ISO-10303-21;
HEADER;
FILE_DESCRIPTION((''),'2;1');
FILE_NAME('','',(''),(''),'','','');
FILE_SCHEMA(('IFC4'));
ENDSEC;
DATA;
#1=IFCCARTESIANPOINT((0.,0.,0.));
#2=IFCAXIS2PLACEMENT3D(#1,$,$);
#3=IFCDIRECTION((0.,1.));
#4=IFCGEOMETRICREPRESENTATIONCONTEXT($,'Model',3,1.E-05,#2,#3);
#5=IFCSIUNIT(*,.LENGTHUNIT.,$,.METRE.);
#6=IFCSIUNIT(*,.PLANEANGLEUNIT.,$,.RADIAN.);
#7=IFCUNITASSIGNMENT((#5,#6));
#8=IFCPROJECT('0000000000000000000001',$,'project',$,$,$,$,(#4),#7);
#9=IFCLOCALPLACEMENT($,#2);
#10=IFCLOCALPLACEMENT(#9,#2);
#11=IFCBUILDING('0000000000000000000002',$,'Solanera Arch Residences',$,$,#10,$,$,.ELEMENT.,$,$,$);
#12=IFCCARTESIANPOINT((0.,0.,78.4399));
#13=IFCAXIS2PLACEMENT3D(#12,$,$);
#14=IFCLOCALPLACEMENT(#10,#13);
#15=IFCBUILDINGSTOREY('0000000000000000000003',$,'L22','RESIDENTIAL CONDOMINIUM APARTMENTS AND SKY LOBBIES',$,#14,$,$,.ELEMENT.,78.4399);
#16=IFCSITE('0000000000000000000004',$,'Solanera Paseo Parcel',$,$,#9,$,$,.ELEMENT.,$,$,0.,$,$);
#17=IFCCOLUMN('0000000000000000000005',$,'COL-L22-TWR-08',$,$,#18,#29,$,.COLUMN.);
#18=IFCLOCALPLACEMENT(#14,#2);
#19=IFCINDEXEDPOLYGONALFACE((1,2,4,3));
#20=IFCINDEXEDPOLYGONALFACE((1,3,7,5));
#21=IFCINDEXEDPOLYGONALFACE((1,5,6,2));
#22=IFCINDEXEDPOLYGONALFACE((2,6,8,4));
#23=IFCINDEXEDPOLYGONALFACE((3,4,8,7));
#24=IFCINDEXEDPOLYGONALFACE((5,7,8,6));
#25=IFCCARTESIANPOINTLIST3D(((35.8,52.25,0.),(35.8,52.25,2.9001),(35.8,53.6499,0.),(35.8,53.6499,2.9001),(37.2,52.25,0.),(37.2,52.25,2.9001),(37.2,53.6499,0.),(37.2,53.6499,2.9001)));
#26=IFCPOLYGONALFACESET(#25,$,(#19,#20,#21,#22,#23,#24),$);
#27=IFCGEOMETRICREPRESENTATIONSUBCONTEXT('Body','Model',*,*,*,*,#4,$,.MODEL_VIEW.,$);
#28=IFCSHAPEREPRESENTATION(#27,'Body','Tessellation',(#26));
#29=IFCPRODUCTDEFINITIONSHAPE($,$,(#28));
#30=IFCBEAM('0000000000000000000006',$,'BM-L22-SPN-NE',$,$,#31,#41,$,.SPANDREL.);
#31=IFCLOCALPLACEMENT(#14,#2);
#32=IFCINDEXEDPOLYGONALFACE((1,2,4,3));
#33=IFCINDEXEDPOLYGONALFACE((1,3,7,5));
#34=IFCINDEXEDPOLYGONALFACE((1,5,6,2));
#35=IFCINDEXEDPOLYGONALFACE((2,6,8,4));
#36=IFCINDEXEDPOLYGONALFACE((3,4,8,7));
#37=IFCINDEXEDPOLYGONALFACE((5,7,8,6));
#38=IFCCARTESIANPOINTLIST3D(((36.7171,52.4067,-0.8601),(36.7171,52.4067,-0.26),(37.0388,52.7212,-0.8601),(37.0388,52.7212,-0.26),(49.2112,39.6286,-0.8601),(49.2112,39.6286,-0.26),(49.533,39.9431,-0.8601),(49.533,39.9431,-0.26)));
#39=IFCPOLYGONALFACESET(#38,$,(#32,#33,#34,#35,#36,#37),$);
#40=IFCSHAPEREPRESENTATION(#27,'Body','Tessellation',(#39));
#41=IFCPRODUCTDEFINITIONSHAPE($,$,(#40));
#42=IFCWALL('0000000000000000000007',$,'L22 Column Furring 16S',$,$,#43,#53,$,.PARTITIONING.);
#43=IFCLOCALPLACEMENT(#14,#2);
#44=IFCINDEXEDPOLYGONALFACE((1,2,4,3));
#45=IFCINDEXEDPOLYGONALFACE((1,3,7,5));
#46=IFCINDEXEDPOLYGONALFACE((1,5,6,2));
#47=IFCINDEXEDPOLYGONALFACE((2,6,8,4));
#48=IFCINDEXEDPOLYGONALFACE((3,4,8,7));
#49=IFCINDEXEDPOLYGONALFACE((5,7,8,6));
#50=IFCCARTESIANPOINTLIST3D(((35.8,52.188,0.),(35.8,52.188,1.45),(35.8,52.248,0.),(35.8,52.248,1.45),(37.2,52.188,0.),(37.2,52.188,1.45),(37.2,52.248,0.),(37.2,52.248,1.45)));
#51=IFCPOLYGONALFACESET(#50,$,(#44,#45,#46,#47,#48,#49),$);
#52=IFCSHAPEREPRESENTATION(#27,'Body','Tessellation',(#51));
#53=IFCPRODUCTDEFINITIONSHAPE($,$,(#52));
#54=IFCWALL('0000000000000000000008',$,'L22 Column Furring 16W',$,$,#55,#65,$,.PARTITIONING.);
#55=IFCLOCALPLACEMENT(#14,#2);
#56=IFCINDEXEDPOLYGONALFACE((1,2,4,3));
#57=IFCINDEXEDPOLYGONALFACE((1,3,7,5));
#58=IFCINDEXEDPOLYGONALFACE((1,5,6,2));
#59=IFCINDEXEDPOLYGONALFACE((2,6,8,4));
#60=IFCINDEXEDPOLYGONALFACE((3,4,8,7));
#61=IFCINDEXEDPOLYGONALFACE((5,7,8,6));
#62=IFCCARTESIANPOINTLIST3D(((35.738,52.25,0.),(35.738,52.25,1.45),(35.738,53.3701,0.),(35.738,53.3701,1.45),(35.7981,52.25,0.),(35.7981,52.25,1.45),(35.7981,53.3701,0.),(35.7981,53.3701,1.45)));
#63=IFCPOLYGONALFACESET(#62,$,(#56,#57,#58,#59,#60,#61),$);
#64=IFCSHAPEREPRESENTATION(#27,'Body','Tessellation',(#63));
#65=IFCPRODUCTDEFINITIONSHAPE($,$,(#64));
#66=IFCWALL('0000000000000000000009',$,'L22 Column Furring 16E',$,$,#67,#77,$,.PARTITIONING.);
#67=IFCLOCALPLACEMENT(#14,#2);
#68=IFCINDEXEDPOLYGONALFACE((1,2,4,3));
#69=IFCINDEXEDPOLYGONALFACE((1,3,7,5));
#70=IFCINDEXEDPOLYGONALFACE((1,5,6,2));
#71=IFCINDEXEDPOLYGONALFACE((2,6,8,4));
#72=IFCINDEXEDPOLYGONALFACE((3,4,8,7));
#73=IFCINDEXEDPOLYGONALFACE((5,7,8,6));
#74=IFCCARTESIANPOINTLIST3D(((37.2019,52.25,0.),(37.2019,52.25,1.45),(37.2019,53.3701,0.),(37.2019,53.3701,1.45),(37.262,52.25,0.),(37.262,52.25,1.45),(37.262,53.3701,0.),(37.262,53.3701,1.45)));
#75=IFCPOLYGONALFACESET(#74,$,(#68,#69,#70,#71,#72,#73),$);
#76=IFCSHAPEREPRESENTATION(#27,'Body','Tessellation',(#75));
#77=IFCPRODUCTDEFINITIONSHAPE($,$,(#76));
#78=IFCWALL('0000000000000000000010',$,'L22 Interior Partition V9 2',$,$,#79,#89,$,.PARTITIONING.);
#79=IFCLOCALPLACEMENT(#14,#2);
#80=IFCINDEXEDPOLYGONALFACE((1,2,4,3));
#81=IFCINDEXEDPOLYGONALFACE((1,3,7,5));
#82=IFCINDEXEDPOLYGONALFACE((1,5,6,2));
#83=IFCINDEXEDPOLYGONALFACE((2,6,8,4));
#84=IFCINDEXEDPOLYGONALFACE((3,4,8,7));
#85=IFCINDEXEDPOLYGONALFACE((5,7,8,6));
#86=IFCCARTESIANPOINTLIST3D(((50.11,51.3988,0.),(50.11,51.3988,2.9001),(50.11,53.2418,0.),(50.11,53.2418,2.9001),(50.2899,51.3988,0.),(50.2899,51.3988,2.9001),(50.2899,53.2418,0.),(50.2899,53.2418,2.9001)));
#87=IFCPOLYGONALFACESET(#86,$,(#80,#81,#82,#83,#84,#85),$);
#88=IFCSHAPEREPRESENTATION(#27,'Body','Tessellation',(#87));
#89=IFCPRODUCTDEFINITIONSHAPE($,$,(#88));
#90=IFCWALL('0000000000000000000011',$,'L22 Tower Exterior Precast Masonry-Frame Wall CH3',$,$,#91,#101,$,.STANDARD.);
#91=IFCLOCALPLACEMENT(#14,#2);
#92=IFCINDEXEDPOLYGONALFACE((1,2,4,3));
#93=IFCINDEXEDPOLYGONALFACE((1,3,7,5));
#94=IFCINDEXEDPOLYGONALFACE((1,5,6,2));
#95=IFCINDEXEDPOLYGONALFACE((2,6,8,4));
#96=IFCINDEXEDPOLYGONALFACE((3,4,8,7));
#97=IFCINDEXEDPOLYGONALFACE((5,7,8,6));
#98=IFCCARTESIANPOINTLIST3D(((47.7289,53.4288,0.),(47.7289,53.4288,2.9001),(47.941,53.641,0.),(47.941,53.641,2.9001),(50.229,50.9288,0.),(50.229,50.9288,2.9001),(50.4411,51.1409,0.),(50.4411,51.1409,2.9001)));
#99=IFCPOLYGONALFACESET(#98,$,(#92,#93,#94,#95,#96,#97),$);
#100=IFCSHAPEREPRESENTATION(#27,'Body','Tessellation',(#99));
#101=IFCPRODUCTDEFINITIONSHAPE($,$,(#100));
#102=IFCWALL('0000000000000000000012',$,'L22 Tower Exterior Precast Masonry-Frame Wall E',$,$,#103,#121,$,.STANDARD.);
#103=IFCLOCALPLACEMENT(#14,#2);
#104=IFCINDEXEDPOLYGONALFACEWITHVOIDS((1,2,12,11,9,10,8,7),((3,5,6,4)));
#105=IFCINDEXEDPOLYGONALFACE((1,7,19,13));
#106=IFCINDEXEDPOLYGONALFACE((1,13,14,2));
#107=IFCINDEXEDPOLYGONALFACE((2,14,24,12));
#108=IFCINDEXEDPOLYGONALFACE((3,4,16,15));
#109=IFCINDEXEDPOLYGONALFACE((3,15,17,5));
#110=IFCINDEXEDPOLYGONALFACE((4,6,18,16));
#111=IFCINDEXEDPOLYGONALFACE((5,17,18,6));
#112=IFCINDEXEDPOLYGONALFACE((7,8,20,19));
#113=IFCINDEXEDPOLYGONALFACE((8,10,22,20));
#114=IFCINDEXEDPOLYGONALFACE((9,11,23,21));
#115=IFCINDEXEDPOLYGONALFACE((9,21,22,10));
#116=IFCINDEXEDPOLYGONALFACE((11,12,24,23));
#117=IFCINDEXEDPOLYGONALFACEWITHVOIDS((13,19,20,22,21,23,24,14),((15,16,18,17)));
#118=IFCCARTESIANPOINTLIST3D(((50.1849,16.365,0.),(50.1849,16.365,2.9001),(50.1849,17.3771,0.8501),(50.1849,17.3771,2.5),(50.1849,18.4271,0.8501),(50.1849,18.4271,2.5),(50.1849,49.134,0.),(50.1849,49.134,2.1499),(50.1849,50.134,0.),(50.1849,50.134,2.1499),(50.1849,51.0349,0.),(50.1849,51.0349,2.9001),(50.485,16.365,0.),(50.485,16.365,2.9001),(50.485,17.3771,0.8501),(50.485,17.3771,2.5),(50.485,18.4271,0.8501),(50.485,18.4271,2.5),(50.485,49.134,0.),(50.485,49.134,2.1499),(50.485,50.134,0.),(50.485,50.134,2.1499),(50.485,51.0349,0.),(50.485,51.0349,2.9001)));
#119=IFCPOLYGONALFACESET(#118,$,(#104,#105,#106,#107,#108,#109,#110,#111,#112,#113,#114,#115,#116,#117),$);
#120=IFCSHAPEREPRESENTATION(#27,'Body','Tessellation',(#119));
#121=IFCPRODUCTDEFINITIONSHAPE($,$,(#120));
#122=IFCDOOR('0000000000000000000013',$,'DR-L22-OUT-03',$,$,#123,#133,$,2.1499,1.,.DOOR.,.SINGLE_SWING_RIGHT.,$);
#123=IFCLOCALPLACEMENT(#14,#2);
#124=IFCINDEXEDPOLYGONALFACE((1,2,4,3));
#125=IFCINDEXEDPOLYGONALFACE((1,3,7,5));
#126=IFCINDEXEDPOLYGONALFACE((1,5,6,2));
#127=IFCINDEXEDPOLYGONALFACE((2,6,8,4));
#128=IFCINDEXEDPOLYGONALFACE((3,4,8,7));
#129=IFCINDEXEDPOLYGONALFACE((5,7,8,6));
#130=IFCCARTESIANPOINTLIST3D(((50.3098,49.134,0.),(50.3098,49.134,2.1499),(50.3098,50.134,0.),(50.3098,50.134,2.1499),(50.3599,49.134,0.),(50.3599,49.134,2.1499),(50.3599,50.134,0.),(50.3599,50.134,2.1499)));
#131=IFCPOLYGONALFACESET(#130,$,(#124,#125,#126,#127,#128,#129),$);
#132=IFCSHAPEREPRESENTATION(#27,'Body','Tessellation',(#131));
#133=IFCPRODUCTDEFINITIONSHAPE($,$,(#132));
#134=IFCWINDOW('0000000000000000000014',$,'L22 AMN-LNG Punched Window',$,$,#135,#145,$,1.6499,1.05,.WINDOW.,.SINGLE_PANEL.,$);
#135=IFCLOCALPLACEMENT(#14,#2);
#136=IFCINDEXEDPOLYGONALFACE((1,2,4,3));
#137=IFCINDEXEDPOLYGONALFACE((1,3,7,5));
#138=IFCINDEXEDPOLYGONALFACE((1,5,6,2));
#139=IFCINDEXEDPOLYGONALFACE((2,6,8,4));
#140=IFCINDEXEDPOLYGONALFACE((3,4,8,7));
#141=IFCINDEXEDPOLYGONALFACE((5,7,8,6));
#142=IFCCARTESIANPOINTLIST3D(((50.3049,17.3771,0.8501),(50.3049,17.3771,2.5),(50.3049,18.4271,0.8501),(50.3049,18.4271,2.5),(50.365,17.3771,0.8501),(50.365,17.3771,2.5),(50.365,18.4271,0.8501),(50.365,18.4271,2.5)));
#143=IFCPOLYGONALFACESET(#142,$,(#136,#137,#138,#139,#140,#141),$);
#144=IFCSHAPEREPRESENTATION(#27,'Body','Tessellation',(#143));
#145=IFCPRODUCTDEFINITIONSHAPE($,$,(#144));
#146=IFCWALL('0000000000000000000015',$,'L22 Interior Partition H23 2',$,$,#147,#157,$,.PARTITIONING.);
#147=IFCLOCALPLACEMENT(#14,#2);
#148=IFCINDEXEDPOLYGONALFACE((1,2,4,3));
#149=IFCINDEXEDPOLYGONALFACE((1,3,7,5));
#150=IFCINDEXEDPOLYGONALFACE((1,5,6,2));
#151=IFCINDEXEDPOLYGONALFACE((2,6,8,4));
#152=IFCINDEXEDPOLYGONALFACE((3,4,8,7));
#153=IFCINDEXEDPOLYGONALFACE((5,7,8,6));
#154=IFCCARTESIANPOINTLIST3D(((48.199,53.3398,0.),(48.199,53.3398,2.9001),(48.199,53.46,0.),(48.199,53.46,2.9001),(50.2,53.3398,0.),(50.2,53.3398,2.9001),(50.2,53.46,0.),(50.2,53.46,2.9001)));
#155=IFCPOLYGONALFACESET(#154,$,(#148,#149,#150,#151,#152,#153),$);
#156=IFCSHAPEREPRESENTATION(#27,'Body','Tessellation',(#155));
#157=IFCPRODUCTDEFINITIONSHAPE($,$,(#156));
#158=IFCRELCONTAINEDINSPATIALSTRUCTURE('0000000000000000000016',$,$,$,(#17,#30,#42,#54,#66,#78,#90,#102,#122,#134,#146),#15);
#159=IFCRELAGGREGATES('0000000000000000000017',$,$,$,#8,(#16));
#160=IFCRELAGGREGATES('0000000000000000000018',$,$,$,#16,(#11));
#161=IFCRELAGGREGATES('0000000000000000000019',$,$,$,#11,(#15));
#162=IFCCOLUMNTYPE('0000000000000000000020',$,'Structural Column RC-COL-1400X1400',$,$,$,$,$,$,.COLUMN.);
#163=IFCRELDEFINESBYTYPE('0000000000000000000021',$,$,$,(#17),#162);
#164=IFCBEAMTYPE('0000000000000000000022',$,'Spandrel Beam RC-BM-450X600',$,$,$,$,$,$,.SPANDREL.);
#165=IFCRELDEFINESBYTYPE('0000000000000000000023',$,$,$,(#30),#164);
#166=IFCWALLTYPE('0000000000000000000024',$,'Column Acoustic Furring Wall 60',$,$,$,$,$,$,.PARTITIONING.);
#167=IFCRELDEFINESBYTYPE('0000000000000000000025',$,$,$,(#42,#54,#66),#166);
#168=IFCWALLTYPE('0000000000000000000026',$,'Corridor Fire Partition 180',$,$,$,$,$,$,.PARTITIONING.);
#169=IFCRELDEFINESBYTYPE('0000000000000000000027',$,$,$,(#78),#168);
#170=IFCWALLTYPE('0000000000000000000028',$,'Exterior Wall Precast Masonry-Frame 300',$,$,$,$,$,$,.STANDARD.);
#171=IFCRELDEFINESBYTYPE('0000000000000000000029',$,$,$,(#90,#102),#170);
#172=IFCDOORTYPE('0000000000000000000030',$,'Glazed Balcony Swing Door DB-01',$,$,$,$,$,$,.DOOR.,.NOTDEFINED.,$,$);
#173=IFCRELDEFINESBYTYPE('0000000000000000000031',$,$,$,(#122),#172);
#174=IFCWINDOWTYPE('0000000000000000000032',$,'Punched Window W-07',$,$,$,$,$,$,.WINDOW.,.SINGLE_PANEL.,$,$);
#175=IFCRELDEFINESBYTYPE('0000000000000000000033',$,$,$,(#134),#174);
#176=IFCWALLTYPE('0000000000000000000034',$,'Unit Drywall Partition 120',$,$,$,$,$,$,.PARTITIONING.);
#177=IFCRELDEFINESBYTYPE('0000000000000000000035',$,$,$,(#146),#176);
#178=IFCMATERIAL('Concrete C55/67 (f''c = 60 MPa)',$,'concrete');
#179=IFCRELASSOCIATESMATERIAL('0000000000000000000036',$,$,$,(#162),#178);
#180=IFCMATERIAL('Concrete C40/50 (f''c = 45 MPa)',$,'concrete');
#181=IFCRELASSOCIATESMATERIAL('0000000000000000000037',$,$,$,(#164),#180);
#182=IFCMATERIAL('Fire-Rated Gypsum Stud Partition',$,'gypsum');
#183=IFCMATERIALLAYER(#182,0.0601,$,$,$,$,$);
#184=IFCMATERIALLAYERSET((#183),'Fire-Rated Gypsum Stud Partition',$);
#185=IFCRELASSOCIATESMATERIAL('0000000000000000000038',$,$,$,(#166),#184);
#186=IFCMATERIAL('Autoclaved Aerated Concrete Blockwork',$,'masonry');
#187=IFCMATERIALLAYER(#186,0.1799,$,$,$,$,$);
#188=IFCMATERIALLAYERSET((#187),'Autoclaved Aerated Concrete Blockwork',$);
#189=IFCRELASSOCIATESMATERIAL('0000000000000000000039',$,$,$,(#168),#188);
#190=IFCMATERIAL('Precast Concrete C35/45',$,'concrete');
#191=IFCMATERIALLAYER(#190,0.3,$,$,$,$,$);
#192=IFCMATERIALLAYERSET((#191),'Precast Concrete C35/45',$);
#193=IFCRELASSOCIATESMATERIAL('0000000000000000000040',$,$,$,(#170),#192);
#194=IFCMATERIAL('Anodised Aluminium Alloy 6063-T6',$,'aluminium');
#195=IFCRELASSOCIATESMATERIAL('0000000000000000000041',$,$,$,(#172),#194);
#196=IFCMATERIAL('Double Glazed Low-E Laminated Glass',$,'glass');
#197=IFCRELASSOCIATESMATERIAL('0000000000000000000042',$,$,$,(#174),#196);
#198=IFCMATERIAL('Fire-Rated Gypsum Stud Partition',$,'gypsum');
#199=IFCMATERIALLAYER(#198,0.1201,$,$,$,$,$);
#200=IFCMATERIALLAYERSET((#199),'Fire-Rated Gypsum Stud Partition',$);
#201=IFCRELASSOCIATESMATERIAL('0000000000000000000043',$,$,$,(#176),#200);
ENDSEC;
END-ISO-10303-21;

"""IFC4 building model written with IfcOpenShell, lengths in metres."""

from ifc_helpers import new_model, si_unit, direction, frame, frame_2d, origin, origin_2d, place, context, subcontext, project, spatial, rectangle, extrude, material, layer, layer_set, material_profile, profile_set, type_object, element, fill, save


model = new_model("IFC4")

# Units and contexts
model_context = context("Model", 3, precision=1e-05, world=origin(), true_north=direction((0.0, 1.0)))
body_context = subcontext(model_context, "Body", "Model", "MODEL_VIEW")
ifc_project = project(units=[si_unit("LENGTHUNIT", "METRE"), si_unit("PLANEANGLEUNIT", "RADIAN")], contexts=[model_context])

# Site, building, storey
site_placement = place(None, origin())
site = spatial("IfcSite", under=ifc_project, at=site_placement, Name="Solanera Paseo Parcel", CompositionType="ELEMENT", RefElevation=0.0)
building_placement = place(site_placement, origin())
building = spatial("IfcBuilding", under=site, at=building_placement, Name="Solanera Arch Residences", CompositionType="ELEMENT")
storey_placement = place(building_placement, frame((0.0, 0.0, 78.4399)))
storey = spatial("IfcBuildingStorey", under=building, at=storey_placement, Name="L22", Description="RESIDENTIAL CONDOMINIUM APARTMENTS AND SKY LOBBIES", CompositionType="ELEMENT", Elevation=78.4399)

# Column
ifc_material_1 = material(Name="Concrete C55/67 (f'c = 60 MPa)", Category="concrete")
ifc_material_profile_1 = material_profile(ifc_material_1, rectangle(XDim=1.3999, YDim=1.3999, at=origin_2d()))
ifc_profile_set_1 = profile_set([ifc_material_profile_1], Name="Concrete C55/67 (f'c = 60 MPa)")
column_type = type_object("IfcColumnType", Name="Structural Column RC-COL-1400X1400", PredefinedType="COLUMN", material=ifc_profile_set_1)
column_placement = place(storey_placement, frame((36.5, 52.95, 0.0), z_axis=(0.0, 0.0, 1.0), x_axis=(1.0, 0.0, 0.0)))
element("IfcColumn", 1, at=column_placement, inside=storey, type_object=column_type, Name="COL-L22-TWR-08", PredefinedType="COLUMN", context=body_context, shape_type="SweptSolid", body=[
    extrude(rectangle(XDim=1.3999, YDim=1.3999, at=origin_2d()), origin(), (0.0, 0.0, 1.0), 2.9001),
])

# Beam
ifc_material_2 = material(Name="Concrete C40/50 (f'c = 45 MPa)", Category="concrete")
ifc_material_profile_2 = material_profile(ifc_material_2, rectangle(XDim=0.45, YDim=0.6001, at=origin_2d()))
ifc_profile_set_2 = profile_set([ifc_material_profile_2], Name="Concrete C40/50 (f'c = 45 MPa)")
beam_type = type_object("IfcBeamType", Name="Spandrel Beam RC-BM-450X600", PredefinedType="SPANDREL", material=ifc_profile_set_2)
beam_placement = place(storey_placement, frame((36.8779, 52.564, -0.5601), z_axis=(0.699118, -0.715006, 0.0), x_axis=(0.715006, 0.699118, 0.0)))
element("IfcBeam", 2, at=beam_placement, inside=storey, type_object=beam_type, Name="BM-L22-SPN-NE", PredefinedType="SPANDREL", context=body_context, shape_type="SweptSolid", body=[
    extrude(rectangle(XDim=0.45, YDim=0.6001, at=origin_2d()), origin(), (0.0, 0.0, 1.0), 17.8713),
])

# Walls
ifc_material_3 = material(Name="Fire-Rated Gypsum Stud Partition", Category="gypsum")
ifc_layer_1 = layer(ifc_material_3, 0.0601)
ifc_layer_set_1 = layer_set([ifc_layer_1], Name="Fire-Rated Gypsum Stud Partition")
wall_type_1 = type_object("IfcWallType", Name="Column Acoustic Furring Wall 60", PredefinedType="PARTITIONING", material=ifc_layer_set_1)
wall_1_placement = place(storey_placement, frame((35.8, 52.218, 0.0), z_axis=(0.0, 0.0, 1.0), x_axis=(1.0, 0.0, 0.0)))
element("IfcWall", 3, at=wall_1_placement, inside=storey, type_object=wall_type_1, Name="L22 Column Furring 16S", PredefinedType="PARTITIONING", context=body_context, shape_type="SweptSolid", body=[
    extrude(rectangle(XDim=1.3999, YDim=0.0601, at=frame_2d((0.7, 0.0))), origin(), (0.0, 0.0, 1.0), 1.45),
])
for number, where, z_axis, x_axis, name in (
    (4, (35.7681, 52.25, 0.0), (0.0, 0.0, 1.0), (0.0, 1.0, 0.0), "L22 Column Furring 16W"),
    (5, (37.2319, 52.25, 0.0), (0.0, 0.0, 1.0), (0.0, 1.0, 0.0), "L22 Column Furring 16E"),
):
    element("IfcWall", number, at=place(storey_placement, frame(where, z_axis=z_axis, x_axis=x_axis)), inside=storey, type_object=wall_type_1, Name=name, PredefinedType="PARTITIONING", context=body_context, shape_type="SweptSolid", body=[
        extrude(rectangle(XDim=1.1201, YDim=0.0601, at=frame_2d((0.5601, 0.0))), origin(), (0.0, 0.0, 1.0), 1.45),
    ])
ifc_material_4 = material(Name="Autoclaved Aerated Concrete Blockwork", Category="masonry")
ifc_layer_2 = layer(ifc_material_4, 0.1799)
ifc_layer_set_2 = layer_set([ifc_layer_2], Name="Autoclaved Aerated Concrete Blockwork")
wall_type_2 = type_object("IfcWallType", Name="Corridor Fire Partition 180", PredefinedType="PARTITIONING", material=ifc_layer_set_2)
wall_2_placement = place(storey_placement, frame((50.2, 51.3989, 0.0), z_axis=(0.0, 0.0, 1.0), x_axis=(0.0, 1.0, 0.0)))
element("IfcWall", 6, at=wall_2_placement, inside=storey, type_object=wall_type_2, Name="L22 Interior Partition V9 2", PredefinedType="PARTITIONING", context=body_context, shape_type="SweptSolid", body=[
    extrude(rectangle(XDim=1.843, YDim=0.1799, at=frame_2d((0.9214, 0.0))), origin(), (0.0, 0.0, 1.0), 2.9001),
])
ifc_material_5 = material(Name="Precast Concrete C35/45", Category="concrete")
ifc_layer_3 = layer(ifc_material_5, 0.3)
ifc_layer_set_3 = layer_set([ifc_layer_3], Name="Precast Concrete C35/45")
wall_type_3 = type_object("IfcWallType", Name="Exterior Wall Precast Masonry-Frame 300", PredefinedType="STANDARD", material=ifc_layer_set_3)
wall_3_placement = place(storey_placement, frame((47.835, 53.5349, 0.0), z_axis=(0.0, 0.0, 1.0), x_axis=(0.707107, -0.707107, 0.0)))
element("IfcWall", 7, at=wall_3_placement, inside=storey, type_object=wall_type_3, Name="L22 Tower Exterior Precast Masonry-Frame Wall CH3", PredefinedType="STANDARD", context=body_context, shape_type="SweptSolid", body=[
    extrude(rectangle(XDim=3.5356, YDim=0.3, at=frame_2d((1.7678, 0.0))), origin(), (0.0, 0.0, 1.0), 2.9001),
])

# Wall, openings, door, window
wall_4_placement = place(storey_placement, frame((50.335, 51.0349, 0.0), z_axis=(0.0, 0.0, 1.0), x_axis=(0.0, -1.0, 0.0)))
wall_4 = element("IfcWall", 8, at=wall_4_placement, inside=storey, type_object=wall_type_3, Name="L22 Tower Exterior Precast Masonry-Frame Wall E", PredefinedType="STANDARD", context=body_context, shape_type="SweptSolid", body=[
    extrude(rectangle(XDim=34.6699, YDim=0.3, at=frame_2d((17.335, 0.0))), origin(), (0.0, 0.0, 1.0), 2.9001),
])
opening_1_placement = place(wall_4_placement, frame((0.9009, 0.0, 0.0)))
opening_1 = element("IfcOpeningElement", 9, at=opening_1_placement, cuts=wall_4, PredefinedType="OPENING", context=body_context, shape_type="SweptSolid", body=[
    extrude(rectangle(XDim=1.0, YDim=2.1499, at=frame_2d((0.5, 1.075))), frame((0.0, 0.1599, 0.0), z_axis=(0.0, -1.0, 0.0), x_axis=(1.0, 0.0, 0.0)), (0.0, 0.0, 1.0), 0.32),
])
opening_2_placement = place(wall_4_placement, frame((32.6079, 0.0, 0.8501)))
opening_2 = element("IfcOpeningElement", 10, at=opening_2_placement, cuts=wall_4, PredefinedType="OPENING", context=body_context, shape_type="SweptSolid", body=[
    extrude(rectangle(XDim=1.05, YDim=1.6499, at=frame_2d((0.5249, 0.825))), frame((0.0, 0.1599, 0.0), z_axis=(0.0, -1.0, 0.0), x_axis=(1.0, 0.0, 0.0)), (0.0, 0.0, 1.0), 0.32),
])
ifc_material_6 = material(Name="Anodised Aluminium Alloy 6063-T6", Category="aluminium")
door_type_1 = type_object("IfcDoorType", Name="Glazed Balcony Swing Door DB-01", OperationType="NOTDEFINED", PredefinedType="DOOR", material=ifc_material_6)
door_1_placement = place(opening_1_placement, origin())
door_1 = element("IfcDoor", 11, at=door_1_placement, inside=storey, type_object=door_type_1, Name="DR-L22-OUT-03", OperationType="SINGLE_SWING_RIGHT", OverallHeight=2.1499, OverallWidth=1.0, PredefinedType="DOOR", context=body_context, shape_type="SweptSolid", body=[
    extrude(rectangle(XDim=1.0, YDim=2.1499, at=frame_2d((0.5, 1.075))), frame((0.0, 0.0249, 0.0), z_axis=(0.0, -1.0, 0.0), x_axis=(1.0, 0.0, 0.0)), (0.0, 0.0, 1.0), 0.05),
])
fill(opening_1, door_1)
ifc_material_7 = material(Name="Double Glazed Low-E Laminated Glass", Category="glass")
window_type = type_object("IfcWindowType", Name="Punched Window W-07", PartitioningType="SINGLE_PANEL", PredefinedType="WINDOW", material=ifc_material_7)
window_placement = place(opening_2_placement, origin())
window = element("IfcWindow", 12, at=window_placement, inside=storey, type_object=window_type, Name="L22 AMN-LNG Punched Window", OverallHeight=1.6499, OverallWidth=1.05, PartitioningType="SINGLE_PANEL", PredefinedType="WINDOW", context=body_context, shape_type="SweptSolid", body=[
    extrude(rectangle(XDim=1.05, YDim=1.6499, at=frame_2d((0.5249, 0.825))), frame((0.0, 0.03, 0.0), z_axis=(0.0, -1.0, 0.0), x_axis=(1.0, 0.0, 0.0)), (0.0, 0.0, 1.0), 0.0601),
])
fill(opening_2, window)

# Wall
ifc_material_8 = material(Name="Fire-Rated Gypsum Stud Partition", Category="gypsum")
ifc_layer_4 = layer(ifc_material_8, 0.1201)
ifc_layer_set_4 = layer_set([ifc_layer_4], Name="Fire-Rated Gypsum Stud Partition")
wall_type_4 = type_object("IfcWallType", Name="Unit Drywall Partition 120", PredefinedType="PARTITIONING", material=ifc_layer_set_4)
wall_5_placement = place(storey_placement, frame((48.199, 53.3999, 0.0), z_axis=(0.0, 0.0, 1.0), x_axis=(1.0, 0.0, 0.0)))
element("IfcWall", 13, at=wall_5_placement, inside=storey, type_object=wall_type_4, Name="L22 Interior Partition H23 2", PredefinedType="PARTITIONING", context=body_context, shape_type="SweptSolid", body=[
    extrude(rectangle(XDim=2.001, YDim=0.1201, at=frame_2d((1.0005, 0.0))), origin(), (0.0, 0.0, 1.0), 2.9001),
])

save(model, "model.ifc")
